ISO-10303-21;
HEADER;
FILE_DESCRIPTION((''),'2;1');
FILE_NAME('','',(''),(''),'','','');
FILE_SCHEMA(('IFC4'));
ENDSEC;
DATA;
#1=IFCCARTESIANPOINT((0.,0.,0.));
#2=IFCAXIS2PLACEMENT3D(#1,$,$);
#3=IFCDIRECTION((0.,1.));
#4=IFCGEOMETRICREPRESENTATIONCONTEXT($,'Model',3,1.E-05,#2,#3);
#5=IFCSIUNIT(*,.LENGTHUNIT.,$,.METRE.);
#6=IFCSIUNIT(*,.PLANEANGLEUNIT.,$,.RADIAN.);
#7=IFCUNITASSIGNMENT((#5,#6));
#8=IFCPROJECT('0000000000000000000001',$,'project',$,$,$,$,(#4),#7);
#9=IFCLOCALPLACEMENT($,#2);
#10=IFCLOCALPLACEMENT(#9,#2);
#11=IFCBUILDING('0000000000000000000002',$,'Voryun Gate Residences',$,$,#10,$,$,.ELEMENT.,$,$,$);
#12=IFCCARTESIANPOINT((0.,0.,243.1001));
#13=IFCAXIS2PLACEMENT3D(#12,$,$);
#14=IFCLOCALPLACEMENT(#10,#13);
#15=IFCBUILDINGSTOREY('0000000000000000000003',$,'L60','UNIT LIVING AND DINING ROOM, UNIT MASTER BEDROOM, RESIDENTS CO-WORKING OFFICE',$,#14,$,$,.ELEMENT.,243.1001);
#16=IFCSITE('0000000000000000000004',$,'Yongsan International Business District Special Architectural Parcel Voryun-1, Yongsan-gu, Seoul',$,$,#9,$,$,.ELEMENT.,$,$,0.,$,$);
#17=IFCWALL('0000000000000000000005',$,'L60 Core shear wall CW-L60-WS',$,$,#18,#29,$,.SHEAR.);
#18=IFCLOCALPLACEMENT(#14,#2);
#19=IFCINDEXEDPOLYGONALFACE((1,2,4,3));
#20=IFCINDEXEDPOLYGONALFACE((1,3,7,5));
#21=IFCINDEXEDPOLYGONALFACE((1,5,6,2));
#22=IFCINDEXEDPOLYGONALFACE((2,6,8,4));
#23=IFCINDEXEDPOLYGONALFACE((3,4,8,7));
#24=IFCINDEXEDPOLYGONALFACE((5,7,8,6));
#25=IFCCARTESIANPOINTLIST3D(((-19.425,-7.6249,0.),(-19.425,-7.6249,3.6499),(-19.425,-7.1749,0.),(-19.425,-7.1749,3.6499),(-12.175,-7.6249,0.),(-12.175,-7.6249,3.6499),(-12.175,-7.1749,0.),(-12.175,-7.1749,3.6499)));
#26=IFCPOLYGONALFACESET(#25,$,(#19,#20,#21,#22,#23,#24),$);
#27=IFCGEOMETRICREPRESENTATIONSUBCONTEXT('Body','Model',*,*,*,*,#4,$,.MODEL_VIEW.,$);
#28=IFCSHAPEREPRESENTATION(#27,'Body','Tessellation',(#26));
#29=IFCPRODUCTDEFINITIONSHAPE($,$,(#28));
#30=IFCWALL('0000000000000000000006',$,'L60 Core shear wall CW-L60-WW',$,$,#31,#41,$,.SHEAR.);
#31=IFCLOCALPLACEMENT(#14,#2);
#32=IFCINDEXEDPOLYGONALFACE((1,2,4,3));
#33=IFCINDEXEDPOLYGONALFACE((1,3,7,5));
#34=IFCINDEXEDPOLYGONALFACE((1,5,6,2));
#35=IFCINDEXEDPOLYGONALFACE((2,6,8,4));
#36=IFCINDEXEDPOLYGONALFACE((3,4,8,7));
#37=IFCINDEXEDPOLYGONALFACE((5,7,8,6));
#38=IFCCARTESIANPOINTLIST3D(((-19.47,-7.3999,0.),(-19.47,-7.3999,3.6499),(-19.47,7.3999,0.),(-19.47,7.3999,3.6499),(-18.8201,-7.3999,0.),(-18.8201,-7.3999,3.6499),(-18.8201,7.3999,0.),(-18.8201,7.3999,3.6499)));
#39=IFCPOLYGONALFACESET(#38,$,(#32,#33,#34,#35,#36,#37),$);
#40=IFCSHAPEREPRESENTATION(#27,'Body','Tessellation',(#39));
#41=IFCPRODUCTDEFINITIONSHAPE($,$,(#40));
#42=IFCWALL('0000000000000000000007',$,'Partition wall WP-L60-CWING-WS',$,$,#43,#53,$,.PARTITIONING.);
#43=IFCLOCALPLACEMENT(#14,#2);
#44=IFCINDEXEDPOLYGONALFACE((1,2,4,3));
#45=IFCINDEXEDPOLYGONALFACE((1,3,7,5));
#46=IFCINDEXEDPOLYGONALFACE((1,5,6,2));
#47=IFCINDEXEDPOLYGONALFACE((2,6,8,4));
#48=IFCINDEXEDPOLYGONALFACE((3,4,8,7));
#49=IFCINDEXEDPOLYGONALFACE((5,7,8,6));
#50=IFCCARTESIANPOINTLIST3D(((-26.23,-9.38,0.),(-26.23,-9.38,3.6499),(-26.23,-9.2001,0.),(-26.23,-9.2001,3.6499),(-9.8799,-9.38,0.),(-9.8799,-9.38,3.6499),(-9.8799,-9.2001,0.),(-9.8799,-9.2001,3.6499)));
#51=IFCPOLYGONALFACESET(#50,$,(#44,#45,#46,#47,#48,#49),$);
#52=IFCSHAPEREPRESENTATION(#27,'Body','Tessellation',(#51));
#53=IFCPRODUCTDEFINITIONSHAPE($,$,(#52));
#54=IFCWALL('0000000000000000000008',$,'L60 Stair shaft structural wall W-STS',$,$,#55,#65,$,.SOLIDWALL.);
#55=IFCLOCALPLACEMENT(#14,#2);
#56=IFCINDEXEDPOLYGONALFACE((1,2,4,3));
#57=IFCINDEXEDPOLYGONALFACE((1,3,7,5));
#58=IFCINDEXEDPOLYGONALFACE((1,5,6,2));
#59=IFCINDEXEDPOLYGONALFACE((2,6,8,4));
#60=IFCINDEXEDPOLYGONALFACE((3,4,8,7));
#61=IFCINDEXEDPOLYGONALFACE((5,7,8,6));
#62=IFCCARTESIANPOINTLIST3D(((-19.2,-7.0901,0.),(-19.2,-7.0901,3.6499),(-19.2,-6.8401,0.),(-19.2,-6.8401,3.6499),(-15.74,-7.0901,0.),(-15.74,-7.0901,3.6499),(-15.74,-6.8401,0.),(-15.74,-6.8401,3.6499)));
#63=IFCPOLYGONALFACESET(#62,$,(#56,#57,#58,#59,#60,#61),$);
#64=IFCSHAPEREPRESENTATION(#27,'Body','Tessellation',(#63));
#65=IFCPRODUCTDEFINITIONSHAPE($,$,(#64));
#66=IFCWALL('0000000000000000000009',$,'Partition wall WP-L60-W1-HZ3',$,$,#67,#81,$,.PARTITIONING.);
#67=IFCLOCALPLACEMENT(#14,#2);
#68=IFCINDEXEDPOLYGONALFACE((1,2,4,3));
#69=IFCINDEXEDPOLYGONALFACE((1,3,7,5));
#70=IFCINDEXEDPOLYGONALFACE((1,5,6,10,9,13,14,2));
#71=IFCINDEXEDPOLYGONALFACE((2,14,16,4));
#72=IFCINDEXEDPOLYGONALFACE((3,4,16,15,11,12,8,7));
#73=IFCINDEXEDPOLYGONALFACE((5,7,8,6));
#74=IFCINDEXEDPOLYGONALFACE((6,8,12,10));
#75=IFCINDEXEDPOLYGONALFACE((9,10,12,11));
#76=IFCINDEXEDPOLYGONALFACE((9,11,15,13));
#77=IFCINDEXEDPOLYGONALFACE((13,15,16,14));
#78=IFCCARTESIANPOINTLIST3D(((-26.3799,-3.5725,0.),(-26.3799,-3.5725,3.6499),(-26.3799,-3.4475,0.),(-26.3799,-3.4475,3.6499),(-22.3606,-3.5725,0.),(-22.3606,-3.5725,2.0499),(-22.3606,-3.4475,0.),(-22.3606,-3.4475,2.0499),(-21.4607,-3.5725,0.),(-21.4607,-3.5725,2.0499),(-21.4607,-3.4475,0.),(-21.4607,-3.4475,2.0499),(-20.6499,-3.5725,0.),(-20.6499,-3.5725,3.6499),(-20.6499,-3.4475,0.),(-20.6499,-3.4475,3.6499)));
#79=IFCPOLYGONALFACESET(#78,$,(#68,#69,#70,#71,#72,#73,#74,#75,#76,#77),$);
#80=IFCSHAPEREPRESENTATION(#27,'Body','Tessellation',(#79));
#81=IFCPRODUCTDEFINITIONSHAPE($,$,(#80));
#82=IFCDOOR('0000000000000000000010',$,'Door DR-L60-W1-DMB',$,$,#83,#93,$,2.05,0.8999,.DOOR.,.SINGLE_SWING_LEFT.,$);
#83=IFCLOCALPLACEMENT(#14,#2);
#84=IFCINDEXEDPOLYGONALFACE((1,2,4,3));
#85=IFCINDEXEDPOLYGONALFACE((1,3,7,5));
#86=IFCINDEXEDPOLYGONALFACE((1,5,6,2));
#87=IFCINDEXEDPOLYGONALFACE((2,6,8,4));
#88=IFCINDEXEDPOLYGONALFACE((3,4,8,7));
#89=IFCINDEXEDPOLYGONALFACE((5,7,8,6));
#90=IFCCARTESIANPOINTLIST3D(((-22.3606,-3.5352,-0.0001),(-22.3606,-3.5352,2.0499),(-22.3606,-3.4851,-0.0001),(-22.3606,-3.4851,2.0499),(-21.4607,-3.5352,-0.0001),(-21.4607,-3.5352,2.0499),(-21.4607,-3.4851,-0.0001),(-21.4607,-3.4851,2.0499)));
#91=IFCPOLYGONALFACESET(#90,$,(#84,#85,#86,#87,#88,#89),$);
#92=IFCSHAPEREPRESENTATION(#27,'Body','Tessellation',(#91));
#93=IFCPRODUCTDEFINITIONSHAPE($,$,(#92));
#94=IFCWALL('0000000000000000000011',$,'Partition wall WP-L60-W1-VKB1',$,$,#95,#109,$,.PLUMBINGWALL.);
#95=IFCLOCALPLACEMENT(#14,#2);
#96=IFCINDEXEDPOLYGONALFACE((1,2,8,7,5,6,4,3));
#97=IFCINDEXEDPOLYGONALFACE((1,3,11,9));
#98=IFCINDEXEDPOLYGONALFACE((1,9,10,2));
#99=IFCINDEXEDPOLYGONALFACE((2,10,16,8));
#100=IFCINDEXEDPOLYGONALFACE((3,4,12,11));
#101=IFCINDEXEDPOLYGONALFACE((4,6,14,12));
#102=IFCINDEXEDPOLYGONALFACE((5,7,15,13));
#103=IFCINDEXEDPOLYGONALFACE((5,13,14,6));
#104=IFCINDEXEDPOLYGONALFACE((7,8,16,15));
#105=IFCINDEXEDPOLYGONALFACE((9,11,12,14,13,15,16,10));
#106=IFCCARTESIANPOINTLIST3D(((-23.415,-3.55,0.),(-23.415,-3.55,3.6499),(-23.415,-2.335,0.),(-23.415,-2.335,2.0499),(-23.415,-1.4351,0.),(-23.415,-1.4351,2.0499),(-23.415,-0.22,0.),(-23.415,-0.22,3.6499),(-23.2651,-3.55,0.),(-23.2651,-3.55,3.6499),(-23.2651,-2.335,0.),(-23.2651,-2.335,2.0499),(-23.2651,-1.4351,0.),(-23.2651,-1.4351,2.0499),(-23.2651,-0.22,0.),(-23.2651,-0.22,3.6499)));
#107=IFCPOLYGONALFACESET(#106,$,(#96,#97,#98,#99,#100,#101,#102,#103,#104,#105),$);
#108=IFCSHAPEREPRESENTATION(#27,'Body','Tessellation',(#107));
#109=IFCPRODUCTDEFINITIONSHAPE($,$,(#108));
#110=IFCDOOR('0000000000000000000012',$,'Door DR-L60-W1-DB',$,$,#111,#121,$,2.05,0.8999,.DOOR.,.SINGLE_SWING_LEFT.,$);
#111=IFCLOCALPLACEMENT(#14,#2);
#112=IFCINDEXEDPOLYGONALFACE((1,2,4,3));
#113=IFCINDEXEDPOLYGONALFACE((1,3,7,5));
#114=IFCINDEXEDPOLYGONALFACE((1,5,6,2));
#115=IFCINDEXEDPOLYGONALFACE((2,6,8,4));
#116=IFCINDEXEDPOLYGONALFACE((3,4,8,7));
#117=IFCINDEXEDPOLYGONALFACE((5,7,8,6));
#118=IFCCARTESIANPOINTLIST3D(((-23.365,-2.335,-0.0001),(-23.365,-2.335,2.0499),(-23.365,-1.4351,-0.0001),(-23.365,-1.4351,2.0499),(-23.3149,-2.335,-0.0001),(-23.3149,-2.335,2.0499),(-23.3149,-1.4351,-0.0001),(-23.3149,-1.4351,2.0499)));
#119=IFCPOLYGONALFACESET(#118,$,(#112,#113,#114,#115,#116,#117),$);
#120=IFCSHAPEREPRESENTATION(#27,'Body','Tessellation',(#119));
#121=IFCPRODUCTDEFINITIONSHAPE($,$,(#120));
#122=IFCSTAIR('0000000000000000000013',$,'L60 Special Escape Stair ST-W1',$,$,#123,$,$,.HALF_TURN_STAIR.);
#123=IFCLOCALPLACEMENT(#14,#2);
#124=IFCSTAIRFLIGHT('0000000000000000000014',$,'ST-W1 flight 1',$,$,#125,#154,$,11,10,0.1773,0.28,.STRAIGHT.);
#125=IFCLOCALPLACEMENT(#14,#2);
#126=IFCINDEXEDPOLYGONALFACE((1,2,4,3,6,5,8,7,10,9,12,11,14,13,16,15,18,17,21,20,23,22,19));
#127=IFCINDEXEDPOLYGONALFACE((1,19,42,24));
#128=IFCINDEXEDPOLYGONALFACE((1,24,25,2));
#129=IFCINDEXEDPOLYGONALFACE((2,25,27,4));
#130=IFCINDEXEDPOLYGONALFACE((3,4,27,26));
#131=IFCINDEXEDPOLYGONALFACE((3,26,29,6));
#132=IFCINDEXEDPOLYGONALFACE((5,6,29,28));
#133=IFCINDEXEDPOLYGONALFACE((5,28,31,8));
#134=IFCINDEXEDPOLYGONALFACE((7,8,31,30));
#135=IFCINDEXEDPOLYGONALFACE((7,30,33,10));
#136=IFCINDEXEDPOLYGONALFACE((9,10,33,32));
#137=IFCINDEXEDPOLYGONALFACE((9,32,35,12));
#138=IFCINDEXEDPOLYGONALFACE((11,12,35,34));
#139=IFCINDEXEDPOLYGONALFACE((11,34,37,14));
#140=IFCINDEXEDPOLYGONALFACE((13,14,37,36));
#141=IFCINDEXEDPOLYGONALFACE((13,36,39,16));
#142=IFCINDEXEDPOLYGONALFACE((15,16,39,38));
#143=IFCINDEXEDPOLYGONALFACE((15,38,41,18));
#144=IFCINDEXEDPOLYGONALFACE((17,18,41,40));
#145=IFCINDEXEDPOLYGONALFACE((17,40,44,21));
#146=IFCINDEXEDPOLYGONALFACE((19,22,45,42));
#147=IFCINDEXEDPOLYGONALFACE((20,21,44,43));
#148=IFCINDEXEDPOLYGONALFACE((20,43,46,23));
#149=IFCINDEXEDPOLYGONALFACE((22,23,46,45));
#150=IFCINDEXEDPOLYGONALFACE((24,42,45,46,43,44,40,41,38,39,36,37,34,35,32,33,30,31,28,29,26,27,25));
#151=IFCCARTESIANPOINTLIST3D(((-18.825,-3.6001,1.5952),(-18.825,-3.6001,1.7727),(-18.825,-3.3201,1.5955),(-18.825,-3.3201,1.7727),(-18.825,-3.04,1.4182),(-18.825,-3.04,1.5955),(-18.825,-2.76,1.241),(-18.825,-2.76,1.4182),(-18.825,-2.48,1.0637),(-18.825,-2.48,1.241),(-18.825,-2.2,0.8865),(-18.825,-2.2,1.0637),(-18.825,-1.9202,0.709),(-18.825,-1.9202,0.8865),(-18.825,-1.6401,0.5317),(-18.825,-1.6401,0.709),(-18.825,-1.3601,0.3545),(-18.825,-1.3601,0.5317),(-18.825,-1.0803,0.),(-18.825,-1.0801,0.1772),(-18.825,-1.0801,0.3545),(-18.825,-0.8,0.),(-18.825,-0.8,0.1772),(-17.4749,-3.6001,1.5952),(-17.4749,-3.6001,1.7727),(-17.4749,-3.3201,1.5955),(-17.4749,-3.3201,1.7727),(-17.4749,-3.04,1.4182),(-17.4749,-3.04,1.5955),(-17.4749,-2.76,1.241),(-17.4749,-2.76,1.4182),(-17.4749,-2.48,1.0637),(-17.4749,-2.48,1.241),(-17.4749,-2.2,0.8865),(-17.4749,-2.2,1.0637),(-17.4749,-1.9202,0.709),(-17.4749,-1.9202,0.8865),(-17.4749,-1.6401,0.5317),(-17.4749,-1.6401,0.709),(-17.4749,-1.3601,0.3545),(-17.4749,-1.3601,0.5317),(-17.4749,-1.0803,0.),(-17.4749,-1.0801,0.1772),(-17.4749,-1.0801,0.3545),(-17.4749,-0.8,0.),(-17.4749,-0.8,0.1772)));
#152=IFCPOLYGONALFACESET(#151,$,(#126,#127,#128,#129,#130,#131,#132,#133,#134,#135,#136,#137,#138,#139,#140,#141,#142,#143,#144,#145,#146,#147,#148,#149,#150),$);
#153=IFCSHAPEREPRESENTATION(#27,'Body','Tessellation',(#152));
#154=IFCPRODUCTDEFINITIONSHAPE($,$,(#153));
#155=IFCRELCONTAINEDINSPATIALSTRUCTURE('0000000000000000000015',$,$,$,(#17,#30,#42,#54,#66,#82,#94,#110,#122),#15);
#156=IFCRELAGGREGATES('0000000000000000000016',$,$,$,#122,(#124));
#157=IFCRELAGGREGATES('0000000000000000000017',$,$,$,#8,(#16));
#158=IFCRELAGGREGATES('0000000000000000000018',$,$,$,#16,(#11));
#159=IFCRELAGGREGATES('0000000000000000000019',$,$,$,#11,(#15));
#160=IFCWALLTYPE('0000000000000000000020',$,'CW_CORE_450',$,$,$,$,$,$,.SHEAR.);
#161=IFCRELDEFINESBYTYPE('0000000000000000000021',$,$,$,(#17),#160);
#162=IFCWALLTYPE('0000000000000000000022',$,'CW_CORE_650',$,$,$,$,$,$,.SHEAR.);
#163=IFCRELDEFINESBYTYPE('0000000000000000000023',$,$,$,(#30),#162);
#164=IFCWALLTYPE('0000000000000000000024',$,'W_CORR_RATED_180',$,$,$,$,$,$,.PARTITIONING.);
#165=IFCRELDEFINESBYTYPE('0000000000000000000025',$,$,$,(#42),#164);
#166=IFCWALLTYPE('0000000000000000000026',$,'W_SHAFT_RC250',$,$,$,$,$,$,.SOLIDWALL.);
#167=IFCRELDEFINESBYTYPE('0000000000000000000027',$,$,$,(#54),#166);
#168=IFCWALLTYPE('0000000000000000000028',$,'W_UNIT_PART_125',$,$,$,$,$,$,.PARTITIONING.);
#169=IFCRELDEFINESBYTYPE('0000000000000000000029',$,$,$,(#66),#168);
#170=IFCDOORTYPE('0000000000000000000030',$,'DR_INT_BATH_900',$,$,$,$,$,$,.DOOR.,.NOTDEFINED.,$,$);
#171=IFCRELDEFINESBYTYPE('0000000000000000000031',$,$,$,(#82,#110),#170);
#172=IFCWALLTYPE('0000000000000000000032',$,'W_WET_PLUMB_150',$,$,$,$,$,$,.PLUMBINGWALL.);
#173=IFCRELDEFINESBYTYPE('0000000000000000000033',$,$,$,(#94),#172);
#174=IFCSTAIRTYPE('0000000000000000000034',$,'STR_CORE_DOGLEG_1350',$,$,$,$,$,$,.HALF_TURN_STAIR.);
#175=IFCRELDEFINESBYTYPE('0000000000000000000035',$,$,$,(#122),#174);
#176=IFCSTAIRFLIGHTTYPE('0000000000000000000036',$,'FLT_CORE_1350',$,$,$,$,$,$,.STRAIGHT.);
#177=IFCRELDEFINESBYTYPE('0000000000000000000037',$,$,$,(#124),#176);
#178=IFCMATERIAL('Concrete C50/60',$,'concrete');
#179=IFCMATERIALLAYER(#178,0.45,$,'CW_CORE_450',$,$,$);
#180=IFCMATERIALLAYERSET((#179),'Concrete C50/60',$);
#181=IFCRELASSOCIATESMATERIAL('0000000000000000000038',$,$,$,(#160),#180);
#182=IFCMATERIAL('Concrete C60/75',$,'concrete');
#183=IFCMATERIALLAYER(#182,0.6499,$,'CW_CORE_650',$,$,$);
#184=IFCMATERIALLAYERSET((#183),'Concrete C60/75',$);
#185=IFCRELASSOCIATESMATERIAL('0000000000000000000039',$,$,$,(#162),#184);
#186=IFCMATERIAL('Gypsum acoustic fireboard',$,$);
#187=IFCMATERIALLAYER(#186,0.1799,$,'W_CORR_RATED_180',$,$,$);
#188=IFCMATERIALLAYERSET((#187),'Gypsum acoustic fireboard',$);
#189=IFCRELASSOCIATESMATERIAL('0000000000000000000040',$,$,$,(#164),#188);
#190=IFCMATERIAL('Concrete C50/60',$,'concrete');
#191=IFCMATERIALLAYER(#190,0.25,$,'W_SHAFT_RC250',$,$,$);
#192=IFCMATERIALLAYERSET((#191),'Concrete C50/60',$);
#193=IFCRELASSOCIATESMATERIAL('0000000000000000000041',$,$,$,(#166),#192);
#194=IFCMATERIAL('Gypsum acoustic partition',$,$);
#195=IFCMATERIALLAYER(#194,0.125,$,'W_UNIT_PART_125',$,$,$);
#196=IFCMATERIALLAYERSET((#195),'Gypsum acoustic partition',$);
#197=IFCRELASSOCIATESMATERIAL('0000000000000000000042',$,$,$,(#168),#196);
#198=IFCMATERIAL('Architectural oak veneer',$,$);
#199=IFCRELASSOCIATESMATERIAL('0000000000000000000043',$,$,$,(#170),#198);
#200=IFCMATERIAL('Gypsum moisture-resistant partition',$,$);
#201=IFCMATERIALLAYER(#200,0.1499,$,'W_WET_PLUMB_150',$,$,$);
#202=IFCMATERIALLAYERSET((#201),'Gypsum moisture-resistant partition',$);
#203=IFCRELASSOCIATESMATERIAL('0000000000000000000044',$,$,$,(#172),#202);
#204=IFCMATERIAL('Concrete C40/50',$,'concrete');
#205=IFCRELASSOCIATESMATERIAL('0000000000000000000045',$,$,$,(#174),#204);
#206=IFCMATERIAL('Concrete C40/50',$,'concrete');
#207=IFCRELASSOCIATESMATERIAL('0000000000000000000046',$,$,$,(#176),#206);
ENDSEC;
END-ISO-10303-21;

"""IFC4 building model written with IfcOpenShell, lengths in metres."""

from ifc_helpers import new_model, si_unit, direction, frame, frame_2d, origin, place, context, subcontext, project, spatial, polyline, rectangle, outline, extrude, material, layer, layer_set, type_object, element, fill, aggregate, save


model = new_model("IFC4")

# Units and contexts
model_context = context("Model", 3, precision=1e-05, world=origin(), true_north=direction((0.0, 1.0)))
body_context = subcontext(model_context, "Body", "Model", "MODEL_VIEW")
ifc_project = project(units=[si_unit("LENGTHUNIT", "METRE"), si_unit("PLANEANGLEUNIT", "RADIAN")], contexts=[model_context])

# Site, building, storey
site_placement = place(None, origin())
site = spatial("IfcSite", under=ifc_project, at=site_placement, Name="Yongsan International Business District Special Architectural Parcel Voryun-1, Yongsan-gu, Seoul", CompositionType="ELEMENT", RefElevation=0.0)
building_placement = place(site_placement, origin())
building = spatial("IfcBuilding", under=site, at=building_placement, Name="Voryun Gate Residences", CompositionType="ELEMENT")
storey_placement = place(building_placement, frame((0.0, 0.0, 243.1001)))
storey = spatial("IfcBuildingStorey", under=building, at=storey_placement, Name="L60", Description="UNIT LIVING AND DINING ROOM, UNIT MASTER BEDROOM, RESIDENTS CO-WORKING OFFICE", CompositionType="ELEMENT", Elevation=243.1001)

# Walls
ifc_material_1 = material(Name="Concrete C50/60", Category="concrete")
ifc_layer_1 = layer(ifc_material_1, 0.45, Name="CW_CORE_450")
ifc_layer_set_1 = layer_set([ifc_layer_1], Name="Concrete C50/60")
wall_type_1 = type_object("IfcWallType", Name="CW_CORE_450", PredefinedType="SHEAR", material=ifc_layer_set_1)
wall_1_placement = place(storey_placement, frame((-19.425, -7.3999, 0.0), z_axis=(0.0, 0.0, 1.0), x_axis=(1.0, 0.0, 0.0)))
element("IfcWall", 1, at=wall_1_placement, inside=storey, type_object=wall_type_1, Name="L60 Core shear wall CW-L60-WS", PredefinedType="SHEAR", context=body_context, shape_type="SweptSolid", body=[
    extrude(rectangle(XDim=7.25, YDim=0.45, at=frame_2d((3.625, 0.0))), origin(), (0.0, 0.0, 1.0), 3.6499),
])
ifc_material_2 = material(Name="Concrete C60/75", Category="concrete")
ifc_layer_2 = layer(ifc_material_2, 0.6499, Name="CW_CORE_650")
ifc_layer_set_2 = layer_set([ifc_layer_2], Name="Concrete C60/75")
wall_type_2 = type_object("IfcWallType", Name="CW_CORE_650", PredefinedType="SHEAR", material=ifc_layer_set_2)
wall_2_placement = place(storey_placement, frame((-19.145, -7.3999, 0.0), z_axis=(0.0, 0.0, 1.0), x_axis=(0.0, 1.0, 0.0)))
element("IfcWall", 2, at=wall_2_placement, inside=storey, type_object=wall_type_2, Name="L60 Core shear wall CW-L60-WW", PredefinedType="SHEAR", context=body_context, shape_type="SweptSolid", body=[
    extrude(rectangle(XDim=14.7998, YDim=0.6499, at=frame_2d((7.3999, 0.0))), origin(), (0.0, 0.0, 1.0), 3.6499),
])
ifc_material_3 = material(Name="Gypsum acoustic fireboard")
ifc_layer_3 = layer(ifc_material_3, 0.1799, Name="W_CORR_RATED_180")
ifc_layer_set_3 = layer_set([ifc_layer_3], Name="Gypsum acoustic fireboard")
wall_type_3 = type_object("IfcWallType", Name="W_CORR_RATED_180", PredefinedType="PARTITIONING", material=ifc_layer_set_3)
wall_3_placement = place(storey_placement, frame((-26.23, -9.29, 0.0), z_axis=(0.0, 0.0, 1.0), x_axis=(1.0, 0.0, 0.0)))
element("IfcWall", 3, at=wall_3_placement, inside=storey, type_object=wall_type_3, Name="Partition wall WP-L60-CWING-WS", PredefinedType="PARTITIONING", context=body_context, shape_type="SweptSolid", body=[
    extrude(rectangle(XDim=16.3501, YDim=0.1799, at=frame_2d((8.175, 0.0))), origin(), (0.0, 0.0, 1.0), 3.6499),
])
ifc_material_4 = material(Name="Concrete C50/60", Category="concrete")
ifc_layer_4 = layer(ifc_material_4, 0.25, Name="W_SHAFT_RC250")
ifc_layer_set_4 = layer_set([ifc_layer_4], Name="Concrete C50/60")
wall_type_4 = type_object("IfcWallType", Name="W_SHAFT_RC250", PredefinedType="SOLIDWALL", material=ifc_layer_set_4)
wall_4_placement = place(storey_placement, frame((-19.2, -6.9651, 0.0), z_axis=(0.0, 0.0, 1.0), x_axis=(1.0, 0.0, 0.0)))
element("IfcWall", 4, at=wall_4_placement, inside=storey, type_object=wall_type_4, Name="L60 Stair shaft structural wall W-STS", PredefinedType="SOLIDWALL", context=body_context, shape_type="SweptSolid", body=[
    extrude(rectangle(XDim=3.46, YDim=0.25, at=frame_2d((1.73, 0.0))), origin(), (0.0, 0.0, 1.0), 3.6499),
])

# Walls, openings, doors
ifc_material_5 = material(Name="Gypsum acoustic partition")
ifc_layer_5 = layer(ifc_material_5, 0.125, Name="W_UNIT_PART_125")
ifc_layer_set_5 = layer_set([ifc_layer_5], Name="Gypsum acoustic partition")
wall_type_5 = type_object("IfcWallType", Name="W_UNIT_PART_125", PredefinedType="PARTITIONING", material=ifc_layer_set_5)
wall_5_placement = place(storey_placement, frame((-26.3799, -3.51, 0.0), z_axis=(0.0, 0.0, 1.0), x_axis=(1.0, 0.0, 0.0)))
wall_5 = element("IfcWall", 5, at=wall_5_placement, inside=storey, type_object=wall_type_5, Name="Partition wall WP-L60-W1-HZ3", PredefinedType="PARTITIONING", context=body_context, shape_type="SweptSolid", body=[
    extrude(rectangle(XDim=5.73, YDim=0.125, at=frame_2d((2.865, 0.0))), origin(), (0.0, 0.0, 1.0), 3.6499),
])
opening_1_placement = place(wall_5_placement, frame((4.0193, 0.0, 0.0)))
opening_1 = element("IfcOpeningElement", 6, at=opening_1_placement, cuts=wall_5, PredefinedType="OPENING", context=body_context, shape_type="SweptSolid", body=[
    extrude(rectangle(XDim=0.8999, YDim=2.05, at=frame_2d((0.45, 1.0249))), frame((0.0, 0.0725, 0.0), z_axis=(0.0, -1.0, 0.0), x_axis=(1.0, 0.0, 0.0)), (0.0, 0.0, 1.0), 0.145),
])
ifc_material_6 = material(Name="Architectural oak veneer")
door_type = type_object("IfcDoorType", Name="DR_INT_BATH_900", OperationType="NOTDEFINED", PredefinedType="DOOR", material=ifc_material_6)
door_1_placement = place(opening_1_placement, origin())
door_1 = element("IfcDoor", 7, at=door_1_placement, inside=storey, type_object=door_type, Name="Door DR-L60-W1-DMB", OperationType="SINGLE_SWING_LEFT", OverallHeight=2.05, OverallWidth=0.8999, PredefinedType="DOOR", context=body_context, shape_type="SweptSolid", body=[
    extrude(rectangle(XDim=0.8999, YDim=2.05, at=frame_2d((0.45, 1.0249))), frame((0.0, 0.0249, 0.0), z_axis=(0.0, -1.0, 0.0), x_axis=(1.0, 0.0, 0.0)), (0.0, 0.0, 1.0), 0.05),
])
fill(opening_1, door_1)
ifc_material_7 = material(Name="Gypsum moisture-resistant partition")
ifc_layer_6 = layer(ifc_material_7, 0.1499, Name="W_WET_PLUMB_150")
ifc_layer_set_6 = layer_set([ifc_layer_6], Name="Gypsum moisture-resistant partition")
wall_type_6 = type_object("IfcWallType", Name="W_WET_PLUMB_150", PredefinedType="PLUMBINGWALL", material=ifc_layer_set_6)
wall_6_placement = place(storey_placement, frame((-23.3401, -3.55, 0.0), z_axis=(0.0, 0.0, 1.0), x_axis=(0.0, 1.0, 0.0)))
wall_6 = element("IfcWall", 8, at=wall_6_placement, inside=storey, type_object=wall_type_6, Name="Partition wall WP-L60-W1-VKB1", PredefinedType="PLUMBINGWALL", context=body_context, shape_type="SweptSolid", body=[
    extrude(rectangle(XDim=3.3301, YDim=0.1499, at=frame_2d((1.665, 0.0))), origin(), (0.0, 0.0, 1.0), 3.6499),
])
opening_2_placement = place(wall_6_placement, frame((1.2151, 0.0, 0.0)))
opening_2 = element("IfcOpeningElement", 9, at=opening_2_placement, cuts=wall_6, PredefinedType="OPENING", context=body_context, shape_type="SweptSolid", body=[
    extrude(rectangle(XDim=0.8999, YDim=2.05, at=frame_2d((0.45, 1.0249))), frame((0.0, 0.085, 0.0), z_axis=(0.0, -1.0, 0.0), x_axis=(1.0, 0.0, 0.0)), (0.0, 0.0, 1.0), 0.1699),
])
door_2_placement = place(opening_2_placement, origin())
door_2 = element("IfcDoor", 10, at=door_2_placement, inside=storey, type_object=door_type, Name="Door DR-L60-W1-DB", OperationType="SINGLE_SWING_LEFT", OverallHeight=2.05, OverallWidth=0.8999, PredefinedType="DOOR", context=body_context, shape_type="SweptSolid", body=[
    extrude(rectangle(XDim=0.8999, YDim=2.05, at=frame_2d((0.45, 1.0249))), frame((0.0, 0.0249, 0.0), z_axis=(0.0, -1.0, 0.0), x_axis=(1.0, 0.0, 0.0)), (0.0, 0.0, 1.0), 0.05),
])
fill(opening_2, door_2)

# Stair, stair flight
ifc_material_8 = material(Name="Concrete C40/50", Category="concrete")
stair_type = type_object("IfcStairType", Name="STR_CORE_DOGLEG_1350", PredefinedType="HALF_TURN_STAIR", material=ifc_material_8)
stair_placement = place(storey_placement, origin())
stair = element("IfcStair", 11, at=stair_placement, inside=storey, type_object=stair_type, Name="L60 Special Escape Stair ST-W1", PredefinedType="HALF_TURN_STAIR")
ifc_material_9 = material(Name="Concrete C40/50", Category="concrete")
stair_flight_type = type_object("IfcStairFlightType", Name="FLT_CORE_1350", PredefinedType="STRAIGHT", material=ifc_material_9)
stair_flight_placement = place(storey_placement, frame((-18.1499, -0.8, 0.0), z_axis=(0.0, 0.0, 1.0), x_axis=(0.0, -1.0, 0.0)))
stair_flight = element("IfcStairFlight", 12, at=stair_flight_placement, type_object=stair_flight_type, Name="ST-W1 flight 1", NumberOfRisers=11, NumberOfTreads=10, PredefinedType="STRAIGHT", RiserHeight=0.1773, TreadLength=0.28, context=body_context, shape_type="SweptSolid", body=[
    extrude(outline(polyline([(0.0, 0.0), (0.0, 0.1772), (0.28, 0.1772), (0.28, 0.3545), (0.5601, 0.3545), (0.5601, 0.5317), (0.8401, 0.5317), (0.8401, 0.709), (1.1201, 0.709), (1.1201, 0.8865), (1.3999, 0.8865), (1.3999, 1.0637), (1.6799, 1.0637), (1.6799, 1.241), (1.96, 1.241), (1.96, 1.4182), (2.24, 1.4182), (2.24, 1.5955), (2.52, 1.5955), (2.52, 1.7727), (2.8, 1.7727), (2.8, 1.95), (2.8, 1.5952), (0.2803, 0.0), (0.0, 0.0)])), frame((0.0, 0.675, 0.0), z_axis=(0.0, -1.0, 0.0), x_axis=(1.0, 0.0, 0.0)), (0.0, 0.0, 1.0), 1.3501),
])
aggregate(stair, [stair_flight])

save(model, "model.ifc")
